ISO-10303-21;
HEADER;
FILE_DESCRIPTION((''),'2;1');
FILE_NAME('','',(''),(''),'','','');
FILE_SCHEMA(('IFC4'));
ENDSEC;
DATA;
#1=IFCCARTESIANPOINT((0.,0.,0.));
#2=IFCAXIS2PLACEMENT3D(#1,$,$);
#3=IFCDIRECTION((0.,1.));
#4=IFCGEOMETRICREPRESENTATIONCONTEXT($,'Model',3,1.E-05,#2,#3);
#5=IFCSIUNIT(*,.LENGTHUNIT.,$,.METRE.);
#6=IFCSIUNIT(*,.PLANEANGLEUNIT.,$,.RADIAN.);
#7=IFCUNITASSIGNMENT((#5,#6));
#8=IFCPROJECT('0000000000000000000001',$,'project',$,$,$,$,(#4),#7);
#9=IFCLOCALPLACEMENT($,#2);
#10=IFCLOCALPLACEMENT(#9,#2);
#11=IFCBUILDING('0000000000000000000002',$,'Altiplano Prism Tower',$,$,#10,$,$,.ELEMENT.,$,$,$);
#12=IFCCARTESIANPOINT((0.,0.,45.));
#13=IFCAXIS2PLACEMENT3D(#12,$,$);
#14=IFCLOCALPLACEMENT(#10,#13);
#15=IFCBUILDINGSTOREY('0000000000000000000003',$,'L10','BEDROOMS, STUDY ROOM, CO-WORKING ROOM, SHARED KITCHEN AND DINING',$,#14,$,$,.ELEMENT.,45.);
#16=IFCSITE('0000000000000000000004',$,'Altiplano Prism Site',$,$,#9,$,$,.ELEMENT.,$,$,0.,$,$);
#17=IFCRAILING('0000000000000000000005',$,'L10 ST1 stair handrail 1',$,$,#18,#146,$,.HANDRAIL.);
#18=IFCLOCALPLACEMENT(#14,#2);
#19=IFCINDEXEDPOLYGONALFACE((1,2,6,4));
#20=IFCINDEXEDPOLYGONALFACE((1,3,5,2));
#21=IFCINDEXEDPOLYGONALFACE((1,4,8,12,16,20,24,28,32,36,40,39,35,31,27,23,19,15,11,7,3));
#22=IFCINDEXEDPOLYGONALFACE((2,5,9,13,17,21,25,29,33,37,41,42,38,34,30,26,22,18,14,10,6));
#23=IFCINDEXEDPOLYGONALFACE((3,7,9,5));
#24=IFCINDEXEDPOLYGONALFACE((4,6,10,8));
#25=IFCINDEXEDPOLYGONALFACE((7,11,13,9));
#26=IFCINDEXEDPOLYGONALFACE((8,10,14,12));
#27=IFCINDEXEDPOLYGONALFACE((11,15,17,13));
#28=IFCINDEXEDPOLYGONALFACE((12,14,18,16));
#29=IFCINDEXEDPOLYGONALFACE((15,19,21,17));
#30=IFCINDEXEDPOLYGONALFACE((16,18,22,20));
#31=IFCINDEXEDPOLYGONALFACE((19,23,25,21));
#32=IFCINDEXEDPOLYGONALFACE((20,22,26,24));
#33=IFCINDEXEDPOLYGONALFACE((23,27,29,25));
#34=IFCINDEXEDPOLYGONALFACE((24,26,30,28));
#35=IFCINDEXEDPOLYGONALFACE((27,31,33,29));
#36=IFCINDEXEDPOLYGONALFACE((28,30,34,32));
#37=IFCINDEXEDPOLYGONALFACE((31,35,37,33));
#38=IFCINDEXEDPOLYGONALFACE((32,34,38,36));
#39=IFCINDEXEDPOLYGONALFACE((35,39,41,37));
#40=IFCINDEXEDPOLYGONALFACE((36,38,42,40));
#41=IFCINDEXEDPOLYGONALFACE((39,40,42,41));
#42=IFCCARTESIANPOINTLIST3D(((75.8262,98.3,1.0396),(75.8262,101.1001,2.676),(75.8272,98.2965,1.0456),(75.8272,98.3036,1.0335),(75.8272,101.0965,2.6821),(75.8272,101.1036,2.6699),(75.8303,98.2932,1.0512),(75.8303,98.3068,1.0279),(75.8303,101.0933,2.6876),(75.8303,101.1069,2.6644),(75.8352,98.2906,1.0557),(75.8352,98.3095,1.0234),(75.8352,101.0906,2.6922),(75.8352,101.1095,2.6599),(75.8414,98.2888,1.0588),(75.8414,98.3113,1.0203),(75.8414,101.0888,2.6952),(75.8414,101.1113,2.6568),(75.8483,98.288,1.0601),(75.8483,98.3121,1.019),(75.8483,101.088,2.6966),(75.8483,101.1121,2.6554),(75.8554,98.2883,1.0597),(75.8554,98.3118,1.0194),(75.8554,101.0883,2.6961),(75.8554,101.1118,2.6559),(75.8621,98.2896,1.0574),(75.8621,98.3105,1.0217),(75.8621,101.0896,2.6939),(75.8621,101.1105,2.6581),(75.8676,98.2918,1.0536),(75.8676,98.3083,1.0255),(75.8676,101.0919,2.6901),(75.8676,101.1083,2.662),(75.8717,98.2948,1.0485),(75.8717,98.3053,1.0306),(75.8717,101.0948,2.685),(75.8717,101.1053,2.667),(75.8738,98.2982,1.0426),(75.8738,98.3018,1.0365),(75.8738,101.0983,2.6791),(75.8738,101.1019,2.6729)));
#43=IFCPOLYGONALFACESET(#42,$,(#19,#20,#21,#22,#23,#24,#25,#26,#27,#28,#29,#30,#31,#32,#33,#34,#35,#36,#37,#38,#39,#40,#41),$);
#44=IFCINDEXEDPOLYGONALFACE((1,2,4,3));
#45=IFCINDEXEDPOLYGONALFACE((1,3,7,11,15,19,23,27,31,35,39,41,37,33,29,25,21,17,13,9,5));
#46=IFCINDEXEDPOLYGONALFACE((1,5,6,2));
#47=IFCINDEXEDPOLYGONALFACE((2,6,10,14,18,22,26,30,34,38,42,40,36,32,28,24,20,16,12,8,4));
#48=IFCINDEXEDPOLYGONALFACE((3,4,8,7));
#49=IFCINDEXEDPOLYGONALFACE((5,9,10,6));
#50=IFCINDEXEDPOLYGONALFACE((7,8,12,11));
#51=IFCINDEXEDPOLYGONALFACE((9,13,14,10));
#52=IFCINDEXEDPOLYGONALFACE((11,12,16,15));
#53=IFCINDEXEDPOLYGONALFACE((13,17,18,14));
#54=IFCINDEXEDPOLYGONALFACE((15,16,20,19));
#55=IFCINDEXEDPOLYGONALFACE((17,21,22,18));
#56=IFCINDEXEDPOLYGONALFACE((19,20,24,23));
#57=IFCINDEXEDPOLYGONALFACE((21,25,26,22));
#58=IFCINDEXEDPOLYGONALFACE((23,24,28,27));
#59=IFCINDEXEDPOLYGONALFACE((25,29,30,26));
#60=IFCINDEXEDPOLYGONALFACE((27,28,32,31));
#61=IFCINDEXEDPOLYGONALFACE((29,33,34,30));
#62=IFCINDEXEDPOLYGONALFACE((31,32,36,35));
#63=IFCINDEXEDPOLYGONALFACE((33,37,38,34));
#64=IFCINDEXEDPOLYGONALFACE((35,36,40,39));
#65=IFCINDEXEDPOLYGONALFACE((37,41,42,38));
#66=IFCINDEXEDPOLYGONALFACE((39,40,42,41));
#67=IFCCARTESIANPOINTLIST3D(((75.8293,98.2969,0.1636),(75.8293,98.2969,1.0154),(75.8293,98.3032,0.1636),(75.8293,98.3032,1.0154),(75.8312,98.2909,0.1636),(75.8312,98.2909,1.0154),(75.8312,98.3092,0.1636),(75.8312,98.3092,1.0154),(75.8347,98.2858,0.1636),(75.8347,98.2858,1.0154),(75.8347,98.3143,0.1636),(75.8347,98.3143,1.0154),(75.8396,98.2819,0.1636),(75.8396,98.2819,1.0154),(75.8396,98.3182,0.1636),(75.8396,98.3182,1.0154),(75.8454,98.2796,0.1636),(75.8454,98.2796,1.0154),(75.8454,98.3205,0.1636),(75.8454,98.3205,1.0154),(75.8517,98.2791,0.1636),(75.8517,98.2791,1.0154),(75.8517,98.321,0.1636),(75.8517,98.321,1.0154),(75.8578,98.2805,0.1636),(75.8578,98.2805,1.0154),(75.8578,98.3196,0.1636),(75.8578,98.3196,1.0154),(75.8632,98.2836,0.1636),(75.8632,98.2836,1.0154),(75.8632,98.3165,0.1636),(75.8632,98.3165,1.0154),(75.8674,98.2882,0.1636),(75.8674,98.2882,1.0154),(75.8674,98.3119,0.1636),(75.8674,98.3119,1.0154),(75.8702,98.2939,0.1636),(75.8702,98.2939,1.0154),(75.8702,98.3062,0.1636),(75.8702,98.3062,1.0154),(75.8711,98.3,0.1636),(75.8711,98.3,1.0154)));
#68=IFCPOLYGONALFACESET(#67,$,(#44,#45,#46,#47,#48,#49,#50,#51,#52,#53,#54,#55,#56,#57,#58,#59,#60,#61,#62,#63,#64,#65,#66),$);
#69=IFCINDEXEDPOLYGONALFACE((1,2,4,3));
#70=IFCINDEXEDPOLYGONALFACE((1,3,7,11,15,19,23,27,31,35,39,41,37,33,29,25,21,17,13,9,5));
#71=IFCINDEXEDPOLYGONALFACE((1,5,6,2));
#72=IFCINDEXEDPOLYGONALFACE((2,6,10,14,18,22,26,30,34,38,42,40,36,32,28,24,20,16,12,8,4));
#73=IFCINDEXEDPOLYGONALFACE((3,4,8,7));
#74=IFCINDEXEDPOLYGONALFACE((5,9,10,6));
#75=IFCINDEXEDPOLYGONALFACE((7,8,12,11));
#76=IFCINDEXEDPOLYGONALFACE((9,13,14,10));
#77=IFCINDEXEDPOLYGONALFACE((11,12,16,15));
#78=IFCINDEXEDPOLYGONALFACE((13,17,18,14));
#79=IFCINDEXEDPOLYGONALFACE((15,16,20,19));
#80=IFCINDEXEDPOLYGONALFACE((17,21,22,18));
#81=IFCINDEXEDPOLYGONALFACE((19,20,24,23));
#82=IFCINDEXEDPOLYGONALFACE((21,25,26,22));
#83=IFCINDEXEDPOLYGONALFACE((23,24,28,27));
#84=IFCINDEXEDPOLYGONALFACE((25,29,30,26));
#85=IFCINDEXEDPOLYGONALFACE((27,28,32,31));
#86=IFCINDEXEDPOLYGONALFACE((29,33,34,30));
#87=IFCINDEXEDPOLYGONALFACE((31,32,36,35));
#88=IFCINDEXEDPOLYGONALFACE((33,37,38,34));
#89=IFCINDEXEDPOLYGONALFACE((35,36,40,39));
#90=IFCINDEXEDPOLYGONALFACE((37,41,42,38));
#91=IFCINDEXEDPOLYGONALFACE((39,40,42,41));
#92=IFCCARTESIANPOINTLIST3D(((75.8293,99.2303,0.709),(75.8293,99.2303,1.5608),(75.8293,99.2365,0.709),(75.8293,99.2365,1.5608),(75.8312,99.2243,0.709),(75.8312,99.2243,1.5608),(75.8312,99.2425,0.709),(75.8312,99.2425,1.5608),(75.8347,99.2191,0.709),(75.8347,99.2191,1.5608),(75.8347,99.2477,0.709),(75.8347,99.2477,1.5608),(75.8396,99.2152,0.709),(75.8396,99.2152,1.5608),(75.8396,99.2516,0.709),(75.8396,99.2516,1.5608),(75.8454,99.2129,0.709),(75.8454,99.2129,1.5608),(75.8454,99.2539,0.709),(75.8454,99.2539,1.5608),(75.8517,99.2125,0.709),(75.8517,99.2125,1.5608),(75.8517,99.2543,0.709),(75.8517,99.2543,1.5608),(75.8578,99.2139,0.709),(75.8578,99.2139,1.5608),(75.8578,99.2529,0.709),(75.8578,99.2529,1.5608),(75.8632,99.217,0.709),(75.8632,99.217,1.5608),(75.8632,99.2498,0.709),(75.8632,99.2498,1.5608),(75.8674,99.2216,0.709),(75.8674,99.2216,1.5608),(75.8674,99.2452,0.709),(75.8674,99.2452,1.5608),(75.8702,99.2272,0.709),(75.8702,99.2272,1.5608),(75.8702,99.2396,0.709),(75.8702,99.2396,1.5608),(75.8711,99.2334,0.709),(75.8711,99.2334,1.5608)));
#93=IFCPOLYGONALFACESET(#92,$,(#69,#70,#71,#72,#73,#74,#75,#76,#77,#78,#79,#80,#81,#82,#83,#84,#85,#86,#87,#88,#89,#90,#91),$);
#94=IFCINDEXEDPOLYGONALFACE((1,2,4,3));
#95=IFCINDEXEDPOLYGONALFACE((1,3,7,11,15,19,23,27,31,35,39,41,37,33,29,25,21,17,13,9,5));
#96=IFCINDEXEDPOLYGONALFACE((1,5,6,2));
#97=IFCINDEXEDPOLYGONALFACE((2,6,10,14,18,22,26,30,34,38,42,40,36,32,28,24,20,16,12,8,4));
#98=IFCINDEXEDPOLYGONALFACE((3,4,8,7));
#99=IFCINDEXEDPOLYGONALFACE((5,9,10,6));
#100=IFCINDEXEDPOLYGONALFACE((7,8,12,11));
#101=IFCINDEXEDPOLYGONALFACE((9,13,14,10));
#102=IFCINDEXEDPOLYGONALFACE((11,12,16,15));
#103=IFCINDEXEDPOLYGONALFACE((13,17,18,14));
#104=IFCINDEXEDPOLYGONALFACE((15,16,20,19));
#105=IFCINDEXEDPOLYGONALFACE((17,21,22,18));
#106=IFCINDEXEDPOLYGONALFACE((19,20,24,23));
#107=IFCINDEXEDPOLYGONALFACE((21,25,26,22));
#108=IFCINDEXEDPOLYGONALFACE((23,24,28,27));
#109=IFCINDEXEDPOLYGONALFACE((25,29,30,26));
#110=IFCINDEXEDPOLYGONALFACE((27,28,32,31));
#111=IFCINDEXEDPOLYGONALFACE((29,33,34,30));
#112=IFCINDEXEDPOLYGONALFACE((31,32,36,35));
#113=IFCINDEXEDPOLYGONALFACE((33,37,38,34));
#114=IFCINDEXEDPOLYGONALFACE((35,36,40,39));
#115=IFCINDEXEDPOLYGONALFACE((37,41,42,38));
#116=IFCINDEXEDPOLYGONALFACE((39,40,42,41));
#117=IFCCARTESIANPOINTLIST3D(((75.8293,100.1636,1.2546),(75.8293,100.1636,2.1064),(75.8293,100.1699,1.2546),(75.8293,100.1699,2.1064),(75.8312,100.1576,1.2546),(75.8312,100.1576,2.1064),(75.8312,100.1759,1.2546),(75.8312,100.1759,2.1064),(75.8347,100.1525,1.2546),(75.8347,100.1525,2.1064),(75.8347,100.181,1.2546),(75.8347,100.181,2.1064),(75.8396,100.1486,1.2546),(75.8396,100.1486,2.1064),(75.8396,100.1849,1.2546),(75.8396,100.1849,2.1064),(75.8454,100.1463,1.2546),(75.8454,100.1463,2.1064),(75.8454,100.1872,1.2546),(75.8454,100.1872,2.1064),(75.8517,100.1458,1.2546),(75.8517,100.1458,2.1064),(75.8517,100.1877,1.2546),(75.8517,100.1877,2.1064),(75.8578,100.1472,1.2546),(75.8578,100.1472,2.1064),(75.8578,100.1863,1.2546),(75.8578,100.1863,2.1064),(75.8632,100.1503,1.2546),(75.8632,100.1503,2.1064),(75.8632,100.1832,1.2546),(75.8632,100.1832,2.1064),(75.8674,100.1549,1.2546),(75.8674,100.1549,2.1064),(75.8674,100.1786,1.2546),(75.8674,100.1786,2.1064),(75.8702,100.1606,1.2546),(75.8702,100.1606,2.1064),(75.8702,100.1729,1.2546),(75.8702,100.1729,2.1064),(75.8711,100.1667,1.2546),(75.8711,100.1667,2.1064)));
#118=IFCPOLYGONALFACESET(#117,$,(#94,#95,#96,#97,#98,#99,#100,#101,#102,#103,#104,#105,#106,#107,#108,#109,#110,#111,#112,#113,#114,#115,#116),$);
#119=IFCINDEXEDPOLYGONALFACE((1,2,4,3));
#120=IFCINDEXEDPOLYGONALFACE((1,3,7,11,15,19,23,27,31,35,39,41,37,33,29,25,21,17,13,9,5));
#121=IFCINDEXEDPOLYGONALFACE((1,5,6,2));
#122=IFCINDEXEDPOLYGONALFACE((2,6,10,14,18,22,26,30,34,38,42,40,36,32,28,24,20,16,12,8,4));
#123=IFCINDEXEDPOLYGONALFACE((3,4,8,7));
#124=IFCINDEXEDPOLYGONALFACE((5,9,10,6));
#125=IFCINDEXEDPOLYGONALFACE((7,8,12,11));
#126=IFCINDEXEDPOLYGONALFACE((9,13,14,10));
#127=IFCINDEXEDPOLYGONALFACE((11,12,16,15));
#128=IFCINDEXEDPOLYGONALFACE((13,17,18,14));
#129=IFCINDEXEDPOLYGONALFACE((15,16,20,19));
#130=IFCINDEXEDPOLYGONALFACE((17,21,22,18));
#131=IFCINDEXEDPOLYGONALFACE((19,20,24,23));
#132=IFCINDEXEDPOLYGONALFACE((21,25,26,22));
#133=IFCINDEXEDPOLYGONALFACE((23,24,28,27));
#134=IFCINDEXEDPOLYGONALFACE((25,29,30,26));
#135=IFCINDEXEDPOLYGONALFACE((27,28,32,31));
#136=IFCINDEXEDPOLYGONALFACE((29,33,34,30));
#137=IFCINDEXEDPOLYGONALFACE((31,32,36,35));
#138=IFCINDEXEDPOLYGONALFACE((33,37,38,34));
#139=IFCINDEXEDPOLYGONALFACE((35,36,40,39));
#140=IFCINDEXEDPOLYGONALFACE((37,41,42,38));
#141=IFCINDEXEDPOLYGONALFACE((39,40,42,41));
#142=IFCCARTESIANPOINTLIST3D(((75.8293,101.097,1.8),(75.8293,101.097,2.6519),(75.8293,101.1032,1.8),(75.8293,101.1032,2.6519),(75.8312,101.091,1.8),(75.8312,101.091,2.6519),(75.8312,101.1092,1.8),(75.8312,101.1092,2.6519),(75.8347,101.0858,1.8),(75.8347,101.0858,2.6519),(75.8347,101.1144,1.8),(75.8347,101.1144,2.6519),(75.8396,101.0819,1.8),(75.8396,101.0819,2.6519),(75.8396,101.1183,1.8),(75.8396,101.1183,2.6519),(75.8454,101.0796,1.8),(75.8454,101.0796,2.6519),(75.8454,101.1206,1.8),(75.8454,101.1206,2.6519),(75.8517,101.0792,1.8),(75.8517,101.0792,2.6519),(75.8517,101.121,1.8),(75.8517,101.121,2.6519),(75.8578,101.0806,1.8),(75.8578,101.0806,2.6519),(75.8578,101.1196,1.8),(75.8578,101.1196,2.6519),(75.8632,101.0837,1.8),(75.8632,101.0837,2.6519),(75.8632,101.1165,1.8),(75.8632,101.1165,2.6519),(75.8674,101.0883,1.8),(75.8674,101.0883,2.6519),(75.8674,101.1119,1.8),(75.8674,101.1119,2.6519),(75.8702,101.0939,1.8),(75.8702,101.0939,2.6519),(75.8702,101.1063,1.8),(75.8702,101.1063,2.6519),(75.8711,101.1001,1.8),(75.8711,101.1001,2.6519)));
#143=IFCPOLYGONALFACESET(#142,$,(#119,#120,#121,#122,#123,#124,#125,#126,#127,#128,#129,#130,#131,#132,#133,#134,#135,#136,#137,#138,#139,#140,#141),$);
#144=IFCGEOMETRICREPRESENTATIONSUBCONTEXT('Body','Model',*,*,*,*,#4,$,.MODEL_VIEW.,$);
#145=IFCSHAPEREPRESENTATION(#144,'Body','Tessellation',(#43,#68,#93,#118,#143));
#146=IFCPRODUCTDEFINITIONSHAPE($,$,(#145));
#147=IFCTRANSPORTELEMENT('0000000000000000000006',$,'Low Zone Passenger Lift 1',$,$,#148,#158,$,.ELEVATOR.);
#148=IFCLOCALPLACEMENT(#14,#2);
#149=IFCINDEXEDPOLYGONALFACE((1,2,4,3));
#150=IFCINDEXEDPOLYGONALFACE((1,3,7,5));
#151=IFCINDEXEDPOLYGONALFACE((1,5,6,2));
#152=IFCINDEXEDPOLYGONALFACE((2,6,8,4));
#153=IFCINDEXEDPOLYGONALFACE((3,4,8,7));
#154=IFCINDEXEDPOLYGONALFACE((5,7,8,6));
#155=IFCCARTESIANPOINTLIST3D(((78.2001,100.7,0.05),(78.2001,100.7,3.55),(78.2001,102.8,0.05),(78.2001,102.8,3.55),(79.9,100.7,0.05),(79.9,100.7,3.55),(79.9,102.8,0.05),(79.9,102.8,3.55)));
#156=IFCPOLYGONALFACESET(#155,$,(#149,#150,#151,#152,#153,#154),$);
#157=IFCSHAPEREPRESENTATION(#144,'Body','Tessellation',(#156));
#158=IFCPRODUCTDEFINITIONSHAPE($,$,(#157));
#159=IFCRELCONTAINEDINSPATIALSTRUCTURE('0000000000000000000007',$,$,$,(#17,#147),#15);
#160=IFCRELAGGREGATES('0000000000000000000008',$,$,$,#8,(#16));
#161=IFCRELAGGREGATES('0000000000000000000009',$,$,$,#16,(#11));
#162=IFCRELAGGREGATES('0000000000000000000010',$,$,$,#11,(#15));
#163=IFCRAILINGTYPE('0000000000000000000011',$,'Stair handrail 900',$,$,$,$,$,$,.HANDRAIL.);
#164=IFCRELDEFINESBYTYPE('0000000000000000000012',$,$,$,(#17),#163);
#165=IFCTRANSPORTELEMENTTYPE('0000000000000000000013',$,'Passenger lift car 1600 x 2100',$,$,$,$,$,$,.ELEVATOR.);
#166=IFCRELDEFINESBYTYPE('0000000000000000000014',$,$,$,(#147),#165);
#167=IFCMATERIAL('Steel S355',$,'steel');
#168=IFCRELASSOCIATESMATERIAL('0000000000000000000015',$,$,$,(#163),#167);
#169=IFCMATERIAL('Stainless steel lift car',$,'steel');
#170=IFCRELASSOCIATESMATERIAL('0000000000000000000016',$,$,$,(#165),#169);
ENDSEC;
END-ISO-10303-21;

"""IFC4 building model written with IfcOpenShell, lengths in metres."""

from ifc_helpers import new_model, si_unit, direction, frame, origin, origin_2d, place, context, subcontext, project, spatial, rectangle, circle, extrude, material, type_object, element, save


model = new_model("IFC4")

# Units and contexts
model_context = context("Model", 3, precision=1e-05, world=origin(), true_north=direction((0.0, 1.0)))
body_context = subcontext(model_context, "Body", "Model", "MODEL_VIEW")
ifc_project = project(units=[si_unit("LENGTHUNIT", "METRE"), si_unit("PLANEANGLEUNIT", "RADIAN")], contexts=[model_context])

# Site, building, storey
site_placement = place(None, origin())
site = spatial("IfcSite", under=ifc_project, at=site_placement, Name="Altiplano Prism Site", CompositionType="ELEMENT", RefElevation=0.0)
building_placement = place(site_placement, origin())
building = spatial("IfcBuilding", under=site, at=building_placement, Name="Altiplano Prism Tower", CompositionType="ELEMENT")
storey_placement = place(building_placement, frame((0.0, 0.0, 45.0)))
storey = spatial("IfcBuildingStorey", under=building, at=storey_placement, Name="L10", Description="BEDROOMS, STUDY ROOM, CO-WORKING ROOM, SHARED KITCHEN AND DINING", CompositionType="ELEMENT", Elevation=45.0)

# Railing
ifc_material_1 = material(Name="Steel S355", Category="steel")
railing_type_1 = type_object("IfcRailingType", Name="Stair handrail 900", PredefinedType="HANDRAIL", material=ifc_material_1)
railing_1_placement = place(storey_placement, frame((75.8501, 98.3, 0.1636)))
element("IfcRailing", 1, at=railing_1_placement, inside=storey, type_object=railing_type_1, Name="L10 ST1 stair handrail 1", PredefinedType="HANDRAIL", context=body_context, shape_type="SweptSolid", body=[
    extrude(circle(Radius=0.0239, at=origin_2d()), frame((0.0, 0.0, 0.876), z_axis=(0.0, 0.863361, 0.504587), x_axis=(-1.0, 0.0, 0.0)), (0.0, 0.0, 1.0), 3.2432),
    extrude(circle(Radius=0.021, at=origin_2d()), origin(), (0.0, 0.0, 1.0), 0.8518),
    extrude(circle(Radius=0.021, at=origin_2d()), frame((0.0, 0.9333, 0.5454)), (0.0, 0.0, 1.0), 0.8518),
    extrude(circle(Radius=0.021, at=origin_2d()), frame((0.0, 1.8667, 1.0911)), (0.0, 0.0, 1.0), 0.8518),
    extrude(circle(Radius=0.021, at=origin_2d()), frame((0.0, 2.8, 1.6365)), (0.0, 0.0, 1.0), 0.8518),
])

# Transport element
ifc_material_2 = material(Name="Stainless steel lift car", Category="steel")
transport_element_type = type_object("IfcTransportElementType", Name="Passenger lift car 1600 x 2100", PredefinedType="ELEVATOR", material=ifc_material_2)
transport_element_placement = place(storey_placement, frame((79.05, 101.75, 0.05), z_axis=(0.0, 0.0, 1.0), x_axis=(1.0, 0.0, 0.0)))
element("IfcTransportElement", 2, at=transport_element_placement, inside=storey, type_object=transport_element_type, Name="Low Zone Passenger Lift 1", PredefinedType="ELEVATOR", context=body_context, shape_type="SweptSolid", body=[
    extrude(rectangle(XDim=1.7, YDim=2.1001, at=origin_2d()), origin(), (0.0, 0.0, 1.0), 3.5),
])

save(model, "model.ifc")
